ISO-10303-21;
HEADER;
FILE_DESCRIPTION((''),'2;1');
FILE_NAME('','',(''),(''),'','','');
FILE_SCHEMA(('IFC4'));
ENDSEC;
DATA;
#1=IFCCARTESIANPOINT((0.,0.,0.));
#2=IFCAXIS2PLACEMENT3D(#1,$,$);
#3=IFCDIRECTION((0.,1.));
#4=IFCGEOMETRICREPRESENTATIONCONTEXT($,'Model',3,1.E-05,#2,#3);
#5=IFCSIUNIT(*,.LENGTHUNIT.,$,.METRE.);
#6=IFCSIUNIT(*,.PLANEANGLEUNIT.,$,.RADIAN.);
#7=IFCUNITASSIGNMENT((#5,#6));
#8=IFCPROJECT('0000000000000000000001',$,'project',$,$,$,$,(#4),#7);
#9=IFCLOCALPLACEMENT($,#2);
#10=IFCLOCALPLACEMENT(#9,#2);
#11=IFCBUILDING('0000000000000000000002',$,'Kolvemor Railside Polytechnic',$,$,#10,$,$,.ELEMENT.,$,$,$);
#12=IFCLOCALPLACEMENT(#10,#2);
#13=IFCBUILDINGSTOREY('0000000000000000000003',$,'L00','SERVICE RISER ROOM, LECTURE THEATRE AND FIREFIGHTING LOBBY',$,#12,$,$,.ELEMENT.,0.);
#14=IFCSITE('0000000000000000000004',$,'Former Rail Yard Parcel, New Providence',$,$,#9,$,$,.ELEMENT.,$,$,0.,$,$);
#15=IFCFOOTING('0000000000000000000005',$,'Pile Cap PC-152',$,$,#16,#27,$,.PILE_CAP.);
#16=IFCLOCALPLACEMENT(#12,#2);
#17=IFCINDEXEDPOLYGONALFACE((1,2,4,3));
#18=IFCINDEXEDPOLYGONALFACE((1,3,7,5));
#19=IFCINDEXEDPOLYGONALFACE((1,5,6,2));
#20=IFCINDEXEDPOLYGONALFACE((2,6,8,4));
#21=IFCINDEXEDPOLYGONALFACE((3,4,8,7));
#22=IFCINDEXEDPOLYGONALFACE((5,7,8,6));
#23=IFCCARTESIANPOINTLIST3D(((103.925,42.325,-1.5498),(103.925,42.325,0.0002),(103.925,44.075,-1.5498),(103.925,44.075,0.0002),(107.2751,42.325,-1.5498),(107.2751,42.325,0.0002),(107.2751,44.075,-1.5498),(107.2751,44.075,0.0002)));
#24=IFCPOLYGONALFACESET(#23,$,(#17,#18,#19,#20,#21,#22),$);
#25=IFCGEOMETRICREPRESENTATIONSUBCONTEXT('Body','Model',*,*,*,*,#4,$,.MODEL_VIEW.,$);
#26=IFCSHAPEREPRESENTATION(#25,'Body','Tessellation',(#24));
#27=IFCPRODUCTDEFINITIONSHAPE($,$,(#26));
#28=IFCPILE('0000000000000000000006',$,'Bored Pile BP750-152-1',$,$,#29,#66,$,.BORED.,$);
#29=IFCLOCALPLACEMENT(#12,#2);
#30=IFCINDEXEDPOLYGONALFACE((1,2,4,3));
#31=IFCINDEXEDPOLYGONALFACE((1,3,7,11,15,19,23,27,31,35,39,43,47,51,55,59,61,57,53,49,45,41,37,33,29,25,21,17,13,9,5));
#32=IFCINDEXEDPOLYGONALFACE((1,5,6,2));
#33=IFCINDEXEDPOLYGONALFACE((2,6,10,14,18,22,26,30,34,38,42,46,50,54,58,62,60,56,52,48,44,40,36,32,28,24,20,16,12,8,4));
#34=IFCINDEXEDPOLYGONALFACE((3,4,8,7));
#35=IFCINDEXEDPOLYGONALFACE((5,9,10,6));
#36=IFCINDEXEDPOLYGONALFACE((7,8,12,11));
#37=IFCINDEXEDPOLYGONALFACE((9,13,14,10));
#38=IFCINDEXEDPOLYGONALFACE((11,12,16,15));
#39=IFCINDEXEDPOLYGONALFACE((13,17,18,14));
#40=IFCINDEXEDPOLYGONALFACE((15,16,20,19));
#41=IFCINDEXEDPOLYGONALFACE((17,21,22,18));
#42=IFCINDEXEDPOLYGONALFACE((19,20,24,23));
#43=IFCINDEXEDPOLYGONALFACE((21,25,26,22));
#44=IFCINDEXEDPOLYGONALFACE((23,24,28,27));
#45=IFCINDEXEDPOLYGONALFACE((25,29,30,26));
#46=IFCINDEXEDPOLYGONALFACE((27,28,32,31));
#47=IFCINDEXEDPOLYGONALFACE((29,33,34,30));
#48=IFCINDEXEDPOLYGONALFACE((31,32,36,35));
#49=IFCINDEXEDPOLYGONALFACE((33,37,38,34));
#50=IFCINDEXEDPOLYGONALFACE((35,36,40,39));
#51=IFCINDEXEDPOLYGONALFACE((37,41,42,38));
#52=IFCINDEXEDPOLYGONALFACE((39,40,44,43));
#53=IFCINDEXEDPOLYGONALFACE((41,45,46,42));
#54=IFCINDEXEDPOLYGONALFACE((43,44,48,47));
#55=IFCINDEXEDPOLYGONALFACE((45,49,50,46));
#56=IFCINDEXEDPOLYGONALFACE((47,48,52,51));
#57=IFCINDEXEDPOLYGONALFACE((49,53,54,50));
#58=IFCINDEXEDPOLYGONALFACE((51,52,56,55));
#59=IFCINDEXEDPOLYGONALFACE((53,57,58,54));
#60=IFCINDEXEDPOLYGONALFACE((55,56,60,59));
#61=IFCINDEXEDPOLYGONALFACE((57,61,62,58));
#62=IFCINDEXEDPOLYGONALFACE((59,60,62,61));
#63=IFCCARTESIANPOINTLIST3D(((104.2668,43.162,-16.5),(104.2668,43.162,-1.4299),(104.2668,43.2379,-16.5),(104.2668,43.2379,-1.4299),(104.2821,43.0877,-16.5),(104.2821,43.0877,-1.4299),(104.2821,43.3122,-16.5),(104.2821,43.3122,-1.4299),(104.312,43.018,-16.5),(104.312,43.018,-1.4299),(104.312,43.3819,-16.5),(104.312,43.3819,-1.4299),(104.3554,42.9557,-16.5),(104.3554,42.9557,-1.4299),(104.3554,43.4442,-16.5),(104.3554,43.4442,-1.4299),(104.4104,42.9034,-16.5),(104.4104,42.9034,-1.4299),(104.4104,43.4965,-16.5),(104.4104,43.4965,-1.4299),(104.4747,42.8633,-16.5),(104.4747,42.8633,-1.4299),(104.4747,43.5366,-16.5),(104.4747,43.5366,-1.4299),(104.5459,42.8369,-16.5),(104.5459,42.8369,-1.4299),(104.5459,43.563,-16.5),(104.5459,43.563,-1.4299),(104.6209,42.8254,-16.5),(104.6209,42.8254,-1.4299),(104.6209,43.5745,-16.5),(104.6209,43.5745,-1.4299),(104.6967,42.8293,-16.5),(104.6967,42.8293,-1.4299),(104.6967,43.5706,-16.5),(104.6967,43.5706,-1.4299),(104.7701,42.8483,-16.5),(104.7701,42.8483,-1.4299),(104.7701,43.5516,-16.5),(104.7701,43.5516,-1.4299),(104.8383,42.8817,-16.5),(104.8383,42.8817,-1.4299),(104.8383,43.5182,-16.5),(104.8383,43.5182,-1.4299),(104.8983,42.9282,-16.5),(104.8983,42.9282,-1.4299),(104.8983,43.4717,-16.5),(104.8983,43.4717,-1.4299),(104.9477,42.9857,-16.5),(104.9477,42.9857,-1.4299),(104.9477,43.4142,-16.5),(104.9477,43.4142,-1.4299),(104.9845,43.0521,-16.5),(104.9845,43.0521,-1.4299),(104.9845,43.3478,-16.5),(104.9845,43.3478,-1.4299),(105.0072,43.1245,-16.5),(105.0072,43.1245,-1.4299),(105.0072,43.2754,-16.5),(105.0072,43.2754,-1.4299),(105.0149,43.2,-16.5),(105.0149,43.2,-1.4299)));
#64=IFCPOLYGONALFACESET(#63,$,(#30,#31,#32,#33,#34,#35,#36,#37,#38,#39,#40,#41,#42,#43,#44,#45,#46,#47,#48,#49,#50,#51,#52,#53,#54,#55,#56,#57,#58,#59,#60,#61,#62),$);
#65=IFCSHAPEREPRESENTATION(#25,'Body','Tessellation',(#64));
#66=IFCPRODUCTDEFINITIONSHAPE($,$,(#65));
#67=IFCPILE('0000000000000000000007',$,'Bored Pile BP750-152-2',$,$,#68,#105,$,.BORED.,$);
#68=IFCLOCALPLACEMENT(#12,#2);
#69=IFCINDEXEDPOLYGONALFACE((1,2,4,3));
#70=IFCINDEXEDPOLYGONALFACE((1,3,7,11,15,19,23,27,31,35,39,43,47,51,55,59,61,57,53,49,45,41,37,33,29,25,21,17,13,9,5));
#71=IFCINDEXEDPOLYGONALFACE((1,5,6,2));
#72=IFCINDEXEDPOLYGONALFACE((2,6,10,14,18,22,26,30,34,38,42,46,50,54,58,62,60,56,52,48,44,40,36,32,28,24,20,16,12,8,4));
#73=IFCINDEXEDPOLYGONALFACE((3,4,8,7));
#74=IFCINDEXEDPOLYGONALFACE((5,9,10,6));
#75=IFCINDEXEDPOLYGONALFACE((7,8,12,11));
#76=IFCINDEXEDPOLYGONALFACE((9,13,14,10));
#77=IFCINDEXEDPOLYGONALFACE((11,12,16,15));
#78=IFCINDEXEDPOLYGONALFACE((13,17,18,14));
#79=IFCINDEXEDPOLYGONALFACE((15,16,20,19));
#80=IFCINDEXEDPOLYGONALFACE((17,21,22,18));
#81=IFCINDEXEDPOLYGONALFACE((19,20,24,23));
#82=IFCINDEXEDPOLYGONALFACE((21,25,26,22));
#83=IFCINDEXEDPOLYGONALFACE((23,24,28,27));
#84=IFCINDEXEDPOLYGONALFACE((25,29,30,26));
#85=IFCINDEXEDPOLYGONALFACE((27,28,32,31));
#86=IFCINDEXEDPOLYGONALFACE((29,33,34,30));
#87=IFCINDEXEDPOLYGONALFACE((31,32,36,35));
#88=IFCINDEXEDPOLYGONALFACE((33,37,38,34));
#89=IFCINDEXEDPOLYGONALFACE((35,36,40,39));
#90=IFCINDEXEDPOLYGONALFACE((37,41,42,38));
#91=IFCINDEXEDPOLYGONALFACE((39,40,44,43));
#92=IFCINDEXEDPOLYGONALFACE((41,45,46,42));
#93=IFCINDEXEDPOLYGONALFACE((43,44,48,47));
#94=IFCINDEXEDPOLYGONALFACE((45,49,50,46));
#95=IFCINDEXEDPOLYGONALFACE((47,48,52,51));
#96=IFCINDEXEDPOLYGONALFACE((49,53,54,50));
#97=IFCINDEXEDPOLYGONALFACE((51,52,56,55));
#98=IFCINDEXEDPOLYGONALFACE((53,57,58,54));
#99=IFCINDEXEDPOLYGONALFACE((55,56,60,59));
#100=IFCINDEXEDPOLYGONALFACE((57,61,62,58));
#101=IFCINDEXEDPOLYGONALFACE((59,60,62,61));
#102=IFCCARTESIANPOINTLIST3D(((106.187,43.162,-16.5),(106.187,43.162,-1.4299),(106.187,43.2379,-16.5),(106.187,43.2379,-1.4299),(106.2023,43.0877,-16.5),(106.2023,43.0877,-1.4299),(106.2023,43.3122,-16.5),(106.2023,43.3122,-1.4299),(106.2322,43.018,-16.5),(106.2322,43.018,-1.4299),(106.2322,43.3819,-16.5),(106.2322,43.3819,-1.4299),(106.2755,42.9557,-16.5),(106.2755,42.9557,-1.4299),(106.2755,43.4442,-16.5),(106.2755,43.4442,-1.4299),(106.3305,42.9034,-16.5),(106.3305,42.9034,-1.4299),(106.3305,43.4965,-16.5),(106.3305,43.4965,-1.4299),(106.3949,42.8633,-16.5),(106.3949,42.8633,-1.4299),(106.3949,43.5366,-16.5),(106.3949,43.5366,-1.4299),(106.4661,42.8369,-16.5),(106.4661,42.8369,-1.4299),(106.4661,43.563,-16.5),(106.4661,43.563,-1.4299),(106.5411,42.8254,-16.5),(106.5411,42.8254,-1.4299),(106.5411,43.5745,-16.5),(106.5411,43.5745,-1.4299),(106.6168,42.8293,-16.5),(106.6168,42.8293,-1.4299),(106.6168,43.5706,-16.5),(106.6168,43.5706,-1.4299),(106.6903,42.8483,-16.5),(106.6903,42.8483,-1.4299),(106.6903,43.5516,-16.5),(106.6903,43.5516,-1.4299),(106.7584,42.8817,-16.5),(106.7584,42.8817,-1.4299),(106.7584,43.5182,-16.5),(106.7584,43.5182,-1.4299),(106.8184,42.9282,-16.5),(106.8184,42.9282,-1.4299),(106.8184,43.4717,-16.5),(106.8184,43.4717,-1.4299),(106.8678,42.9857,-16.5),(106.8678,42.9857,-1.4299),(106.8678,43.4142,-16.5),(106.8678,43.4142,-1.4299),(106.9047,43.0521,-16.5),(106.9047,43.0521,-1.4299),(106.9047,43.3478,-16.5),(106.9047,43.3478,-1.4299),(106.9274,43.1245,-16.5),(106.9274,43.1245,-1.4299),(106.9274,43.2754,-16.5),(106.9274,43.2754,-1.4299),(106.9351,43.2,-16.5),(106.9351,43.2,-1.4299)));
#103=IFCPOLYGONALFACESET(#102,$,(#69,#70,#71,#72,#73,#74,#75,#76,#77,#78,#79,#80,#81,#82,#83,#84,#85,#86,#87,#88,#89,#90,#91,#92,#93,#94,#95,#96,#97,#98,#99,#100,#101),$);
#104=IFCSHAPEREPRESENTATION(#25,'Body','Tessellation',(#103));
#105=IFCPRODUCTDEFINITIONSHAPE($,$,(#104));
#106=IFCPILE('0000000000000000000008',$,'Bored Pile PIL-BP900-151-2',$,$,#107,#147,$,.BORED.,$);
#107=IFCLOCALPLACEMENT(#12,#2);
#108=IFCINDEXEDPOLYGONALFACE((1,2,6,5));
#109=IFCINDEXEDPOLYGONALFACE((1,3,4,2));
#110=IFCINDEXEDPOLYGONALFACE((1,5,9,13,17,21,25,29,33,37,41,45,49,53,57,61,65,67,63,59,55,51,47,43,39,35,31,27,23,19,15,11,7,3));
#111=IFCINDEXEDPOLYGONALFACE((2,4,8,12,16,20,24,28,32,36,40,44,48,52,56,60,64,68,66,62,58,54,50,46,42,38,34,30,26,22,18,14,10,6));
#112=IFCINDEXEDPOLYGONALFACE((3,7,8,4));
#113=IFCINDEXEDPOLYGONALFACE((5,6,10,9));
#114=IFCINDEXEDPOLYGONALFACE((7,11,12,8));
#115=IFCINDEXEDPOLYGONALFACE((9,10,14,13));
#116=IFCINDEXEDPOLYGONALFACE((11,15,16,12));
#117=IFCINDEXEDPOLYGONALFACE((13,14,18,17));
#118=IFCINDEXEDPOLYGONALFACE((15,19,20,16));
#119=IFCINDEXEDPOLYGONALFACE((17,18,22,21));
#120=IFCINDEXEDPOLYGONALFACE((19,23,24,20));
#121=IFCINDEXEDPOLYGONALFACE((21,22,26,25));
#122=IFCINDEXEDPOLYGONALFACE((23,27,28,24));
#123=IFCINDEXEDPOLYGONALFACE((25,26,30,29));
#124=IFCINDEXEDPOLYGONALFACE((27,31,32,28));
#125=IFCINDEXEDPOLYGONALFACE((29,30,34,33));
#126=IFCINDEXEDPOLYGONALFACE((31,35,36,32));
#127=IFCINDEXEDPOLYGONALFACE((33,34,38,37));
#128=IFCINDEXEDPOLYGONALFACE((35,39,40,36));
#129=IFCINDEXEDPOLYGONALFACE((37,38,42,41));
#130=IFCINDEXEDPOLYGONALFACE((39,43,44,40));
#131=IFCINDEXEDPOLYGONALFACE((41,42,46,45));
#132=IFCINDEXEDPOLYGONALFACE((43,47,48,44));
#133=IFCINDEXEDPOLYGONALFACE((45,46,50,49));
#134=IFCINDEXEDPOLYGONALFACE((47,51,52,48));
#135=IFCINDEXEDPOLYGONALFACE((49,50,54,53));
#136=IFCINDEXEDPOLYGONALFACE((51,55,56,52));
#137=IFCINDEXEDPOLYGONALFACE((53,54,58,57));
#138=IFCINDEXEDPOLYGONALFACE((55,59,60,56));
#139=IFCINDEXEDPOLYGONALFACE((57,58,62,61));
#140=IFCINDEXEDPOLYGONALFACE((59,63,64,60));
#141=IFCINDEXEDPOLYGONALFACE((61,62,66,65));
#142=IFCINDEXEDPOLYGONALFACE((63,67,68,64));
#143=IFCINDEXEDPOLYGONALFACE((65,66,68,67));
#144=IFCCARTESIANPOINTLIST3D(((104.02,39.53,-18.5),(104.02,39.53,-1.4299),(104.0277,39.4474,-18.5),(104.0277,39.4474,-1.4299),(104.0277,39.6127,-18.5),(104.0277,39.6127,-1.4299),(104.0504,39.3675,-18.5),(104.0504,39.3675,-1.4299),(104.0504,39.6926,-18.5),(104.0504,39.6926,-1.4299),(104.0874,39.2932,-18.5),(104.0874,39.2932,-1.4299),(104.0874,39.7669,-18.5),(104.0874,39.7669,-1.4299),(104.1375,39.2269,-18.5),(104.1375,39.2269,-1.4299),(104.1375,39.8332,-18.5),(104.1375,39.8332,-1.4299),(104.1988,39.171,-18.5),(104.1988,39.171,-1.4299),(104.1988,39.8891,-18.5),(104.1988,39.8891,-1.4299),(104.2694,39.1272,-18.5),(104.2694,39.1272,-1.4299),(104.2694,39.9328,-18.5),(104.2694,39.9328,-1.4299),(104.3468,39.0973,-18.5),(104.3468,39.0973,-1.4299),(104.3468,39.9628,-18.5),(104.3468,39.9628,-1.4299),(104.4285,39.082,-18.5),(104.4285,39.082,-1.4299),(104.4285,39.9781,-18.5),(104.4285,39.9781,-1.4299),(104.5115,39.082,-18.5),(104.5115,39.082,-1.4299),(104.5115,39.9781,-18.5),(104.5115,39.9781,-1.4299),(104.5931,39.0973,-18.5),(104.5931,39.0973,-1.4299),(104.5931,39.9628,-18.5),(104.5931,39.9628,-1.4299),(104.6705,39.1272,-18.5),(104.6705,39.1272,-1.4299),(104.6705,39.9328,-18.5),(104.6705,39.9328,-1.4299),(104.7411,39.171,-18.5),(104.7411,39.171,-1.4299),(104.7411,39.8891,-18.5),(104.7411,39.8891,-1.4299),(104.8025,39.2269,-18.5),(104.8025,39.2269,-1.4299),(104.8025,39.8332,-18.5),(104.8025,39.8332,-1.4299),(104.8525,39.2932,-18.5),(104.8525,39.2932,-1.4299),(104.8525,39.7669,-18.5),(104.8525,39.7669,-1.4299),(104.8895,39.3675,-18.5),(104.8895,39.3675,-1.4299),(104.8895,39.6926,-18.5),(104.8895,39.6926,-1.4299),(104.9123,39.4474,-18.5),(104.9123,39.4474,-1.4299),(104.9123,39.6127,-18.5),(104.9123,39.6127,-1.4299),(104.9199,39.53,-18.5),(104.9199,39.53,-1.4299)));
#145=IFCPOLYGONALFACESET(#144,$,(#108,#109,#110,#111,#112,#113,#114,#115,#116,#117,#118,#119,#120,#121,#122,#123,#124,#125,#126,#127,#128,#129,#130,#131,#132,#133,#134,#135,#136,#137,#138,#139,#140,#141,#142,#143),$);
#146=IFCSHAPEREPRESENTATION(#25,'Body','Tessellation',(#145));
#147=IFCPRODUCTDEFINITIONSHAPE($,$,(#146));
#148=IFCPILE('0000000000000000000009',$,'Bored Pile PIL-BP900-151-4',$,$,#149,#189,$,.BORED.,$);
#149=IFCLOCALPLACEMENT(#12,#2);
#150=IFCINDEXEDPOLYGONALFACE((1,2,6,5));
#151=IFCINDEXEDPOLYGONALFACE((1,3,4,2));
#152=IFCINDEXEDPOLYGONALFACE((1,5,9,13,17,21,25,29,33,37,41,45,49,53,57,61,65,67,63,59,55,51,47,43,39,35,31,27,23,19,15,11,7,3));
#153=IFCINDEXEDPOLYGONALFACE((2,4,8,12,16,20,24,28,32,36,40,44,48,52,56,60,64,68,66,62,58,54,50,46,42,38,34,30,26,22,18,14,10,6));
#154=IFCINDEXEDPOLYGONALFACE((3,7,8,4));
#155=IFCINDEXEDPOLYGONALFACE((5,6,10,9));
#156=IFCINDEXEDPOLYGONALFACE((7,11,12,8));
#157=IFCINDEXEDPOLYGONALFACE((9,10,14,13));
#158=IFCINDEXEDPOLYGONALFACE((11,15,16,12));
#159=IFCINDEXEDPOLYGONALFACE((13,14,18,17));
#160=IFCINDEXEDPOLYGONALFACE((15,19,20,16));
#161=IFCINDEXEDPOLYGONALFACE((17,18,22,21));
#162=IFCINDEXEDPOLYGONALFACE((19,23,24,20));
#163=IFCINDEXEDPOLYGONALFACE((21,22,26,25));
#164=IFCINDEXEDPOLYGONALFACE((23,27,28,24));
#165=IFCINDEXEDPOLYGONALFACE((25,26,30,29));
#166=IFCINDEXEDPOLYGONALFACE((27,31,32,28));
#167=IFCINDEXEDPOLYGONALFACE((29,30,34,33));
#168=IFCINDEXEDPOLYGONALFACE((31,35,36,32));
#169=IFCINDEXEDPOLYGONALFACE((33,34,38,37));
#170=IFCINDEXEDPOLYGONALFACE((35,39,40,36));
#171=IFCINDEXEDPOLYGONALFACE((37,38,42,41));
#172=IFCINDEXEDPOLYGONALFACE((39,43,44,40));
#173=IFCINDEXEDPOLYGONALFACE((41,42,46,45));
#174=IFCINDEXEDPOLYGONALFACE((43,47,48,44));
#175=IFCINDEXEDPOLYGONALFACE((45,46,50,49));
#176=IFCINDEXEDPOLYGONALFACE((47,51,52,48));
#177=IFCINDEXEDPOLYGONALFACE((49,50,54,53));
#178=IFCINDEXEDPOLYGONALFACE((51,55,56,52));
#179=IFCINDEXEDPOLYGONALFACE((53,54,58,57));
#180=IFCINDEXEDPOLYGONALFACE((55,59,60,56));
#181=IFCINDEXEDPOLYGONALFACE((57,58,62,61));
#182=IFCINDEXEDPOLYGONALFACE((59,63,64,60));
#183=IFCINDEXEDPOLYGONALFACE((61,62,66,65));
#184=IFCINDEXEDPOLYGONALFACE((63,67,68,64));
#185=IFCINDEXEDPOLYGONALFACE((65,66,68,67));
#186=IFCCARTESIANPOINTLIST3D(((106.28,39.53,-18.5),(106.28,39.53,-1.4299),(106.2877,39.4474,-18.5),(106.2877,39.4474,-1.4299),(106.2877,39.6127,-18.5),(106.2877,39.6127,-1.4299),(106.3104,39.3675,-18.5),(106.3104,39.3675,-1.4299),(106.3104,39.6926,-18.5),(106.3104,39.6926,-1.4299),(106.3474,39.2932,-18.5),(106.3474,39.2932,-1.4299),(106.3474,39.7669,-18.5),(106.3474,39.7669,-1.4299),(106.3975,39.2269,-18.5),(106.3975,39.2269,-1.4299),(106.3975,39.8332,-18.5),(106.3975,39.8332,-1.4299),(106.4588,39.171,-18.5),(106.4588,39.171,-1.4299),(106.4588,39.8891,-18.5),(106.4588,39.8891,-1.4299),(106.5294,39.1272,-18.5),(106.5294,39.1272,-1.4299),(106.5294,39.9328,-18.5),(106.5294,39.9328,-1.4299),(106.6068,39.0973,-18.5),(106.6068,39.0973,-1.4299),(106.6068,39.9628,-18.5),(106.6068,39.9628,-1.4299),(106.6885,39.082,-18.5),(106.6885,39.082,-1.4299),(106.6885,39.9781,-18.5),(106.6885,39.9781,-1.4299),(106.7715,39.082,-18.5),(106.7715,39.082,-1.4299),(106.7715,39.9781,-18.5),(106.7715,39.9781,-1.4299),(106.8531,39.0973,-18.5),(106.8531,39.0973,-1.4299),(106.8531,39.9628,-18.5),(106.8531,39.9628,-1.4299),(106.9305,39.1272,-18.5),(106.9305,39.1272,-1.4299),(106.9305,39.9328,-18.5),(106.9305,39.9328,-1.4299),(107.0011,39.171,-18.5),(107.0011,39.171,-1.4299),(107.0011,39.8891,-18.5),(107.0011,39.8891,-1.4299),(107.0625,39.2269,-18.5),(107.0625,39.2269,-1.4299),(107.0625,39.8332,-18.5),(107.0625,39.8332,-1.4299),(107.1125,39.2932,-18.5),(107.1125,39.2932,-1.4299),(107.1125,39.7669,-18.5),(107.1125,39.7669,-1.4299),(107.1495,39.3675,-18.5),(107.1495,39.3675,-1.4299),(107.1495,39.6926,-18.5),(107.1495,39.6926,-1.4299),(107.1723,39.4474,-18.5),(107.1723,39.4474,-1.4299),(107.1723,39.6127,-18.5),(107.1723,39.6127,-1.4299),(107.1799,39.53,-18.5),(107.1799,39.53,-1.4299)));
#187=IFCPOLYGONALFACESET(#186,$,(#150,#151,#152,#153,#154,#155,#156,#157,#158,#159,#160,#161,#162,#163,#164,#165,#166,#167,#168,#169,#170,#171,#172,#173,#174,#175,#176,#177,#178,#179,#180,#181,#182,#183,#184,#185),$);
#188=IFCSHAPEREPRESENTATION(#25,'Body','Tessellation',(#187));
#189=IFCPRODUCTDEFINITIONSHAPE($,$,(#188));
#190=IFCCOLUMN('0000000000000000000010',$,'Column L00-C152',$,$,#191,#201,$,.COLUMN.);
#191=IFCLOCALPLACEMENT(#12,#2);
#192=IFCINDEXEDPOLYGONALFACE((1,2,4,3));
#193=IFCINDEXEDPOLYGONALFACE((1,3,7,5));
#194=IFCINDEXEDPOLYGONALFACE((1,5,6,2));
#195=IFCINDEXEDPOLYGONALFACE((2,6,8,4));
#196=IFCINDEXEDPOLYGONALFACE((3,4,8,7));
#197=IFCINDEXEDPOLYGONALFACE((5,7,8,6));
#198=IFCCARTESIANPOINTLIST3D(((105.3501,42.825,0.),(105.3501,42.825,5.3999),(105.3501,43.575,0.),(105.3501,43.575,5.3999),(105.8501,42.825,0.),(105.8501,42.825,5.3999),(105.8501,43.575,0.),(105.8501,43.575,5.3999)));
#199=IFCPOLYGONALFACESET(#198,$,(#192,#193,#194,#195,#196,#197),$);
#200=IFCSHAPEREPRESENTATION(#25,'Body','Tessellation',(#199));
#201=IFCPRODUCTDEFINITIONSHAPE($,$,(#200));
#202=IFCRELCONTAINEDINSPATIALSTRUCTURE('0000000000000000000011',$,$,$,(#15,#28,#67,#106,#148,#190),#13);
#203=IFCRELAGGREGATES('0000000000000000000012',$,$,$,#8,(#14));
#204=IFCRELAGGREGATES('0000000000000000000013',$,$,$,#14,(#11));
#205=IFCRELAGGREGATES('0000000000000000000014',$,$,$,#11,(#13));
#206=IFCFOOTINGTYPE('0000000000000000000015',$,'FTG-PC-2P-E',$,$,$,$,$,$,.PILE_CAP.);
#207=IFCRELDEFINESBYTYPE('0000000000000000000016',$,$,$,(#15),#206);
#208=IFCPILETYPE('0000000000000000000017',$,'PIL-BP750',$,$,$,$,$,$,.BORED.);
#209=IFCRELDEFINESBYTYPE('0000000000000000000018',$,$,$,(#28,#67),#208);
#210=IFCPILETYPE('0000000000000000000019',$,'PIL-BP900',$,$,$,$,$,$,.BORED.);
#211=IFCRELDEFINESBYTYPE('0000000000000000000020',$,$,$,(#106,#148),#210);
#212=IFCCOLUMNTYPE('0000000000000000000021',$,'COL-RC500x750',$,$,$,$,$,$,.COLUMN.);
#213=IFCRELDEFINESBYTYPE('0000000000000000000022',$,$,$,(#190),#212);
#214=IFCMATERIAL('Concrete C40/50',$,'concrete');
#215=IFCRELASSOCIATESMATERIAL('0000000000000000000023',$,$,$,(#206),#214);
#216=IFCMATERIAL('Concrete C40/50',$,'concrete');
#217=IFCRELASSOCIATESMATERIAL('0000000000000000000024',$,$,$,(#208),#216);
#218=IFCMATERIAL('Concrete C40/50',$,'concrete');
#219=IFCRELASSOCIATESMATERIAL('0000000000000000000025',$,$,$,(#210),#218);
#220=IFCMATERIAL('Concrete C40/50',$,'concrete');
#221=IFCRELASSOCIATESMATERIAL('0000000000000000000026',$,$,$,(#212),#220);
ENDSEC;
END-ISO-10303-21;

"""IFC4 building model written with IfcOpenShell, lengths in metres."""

from ifc_helpers import new_model, si_unit, direction, frame, origin, origin_2d, place, context, subcontext, project, spatial, rectangle, circle, extrude, material, material_profile, profile_set, type_object, element, save


model = new_model("IFC4")

# Units and contexts
model_context = context("Model", 3, precision=1e-05, world=origin(), true_north=direction((0.0, 1.0)))
body_context = subcontext(model_context, "Body", "Model", "MODEL_VIEW")
ifc_project = project(units=[si_unit("LENGTHUNIT", "METRE"), si_unit("PLANEANGLEUNIT", "RADIAN")], contexts=[model_context])

# Site, building, storey
site_placement = place(None, origin())
site = spatial("IfcSite", under=ifc_project, at=site_placement, Name="Former Rail Yard Parcel, New Providence", CompositionType="ELEMENT", RefElevation=0.0)
building_placement = place(site_placement, origin())
building = spatial("IfcBuilding", under=site, at=building_placement, Name="Kolvemor Railside Polytechnic", CompositionType="ELEMENT")
storey_placement = place(building_placement, origin())
storey = spatial("IfcBuildingStorey", under=building, at=storey_placement, Name="L00", Description="SERVICE RISER ROOM, LECTURE THEATRE AND FIREFIGHTING LOBBY", CompositionType="ELEMENT", Elevation=0.0)

# Footing
ifc_material_1 = material(Name="Concrete C40/50", Category="concrete")
footing_type = type_object("IfcFootingType", Name="FTG-PC-2P-E", PredefinedType="PILE_CAP", material=ifc_material_1)
footing_placement = place(storey_placement, frame((105.6001, 43.2, -1.5498), z_axis=(0.0, 0.0, 1.0), x_axis=(1.0, 0.0, 0.0)))
element("IfcFooting", 1, at=footing_placement, inside=storey, type_object=footing_type, Name="Pile Cap PC-152", PredefinedType="PILE_CAP", context=body_context, shape_type="SweptSolid", body=[
    extrude(rectangle(XDim=3.3501, YDim=1.75, at=origin_2d()), origin(), (0.0, 0.0, 1.0), 1.55),
])

# Piles
ifc_material_2 = material(Name="Concrete C40/50", Category="concrete")
ifc_material_profile_1 = material_profile(ifc_material_2, circle(Radius=0.375, at=origin_2d()), Name="BP750")
ifc_profile_set_1 = profile_set([ifc_material_profile_1], Name="Concrete C40/50")
pile_type_1 = type_object("IfcPileType", Name="PIL-BP750", PredefinedType="BORED", material=ifc_profile_set_1)
for number, where, z_axis, x_axis, name in (
    (2, (104.6399, 43.2, -1.4299), (0.0, 0.0, -1.0), (1.0, 0.0, 0.0), "Bored Pile BP750-152-1"),
    (3, (106.5601, 43.2, -1.4299), (0.0, 0.0, -1.0), (1.0, 0.0, 0.0), "Bored Pile BP750-152-2"),
):
    element("IfcPile", number, at=place(storey_placement, frame(where, z_axis=z_axis, x_axis=x_axis)), inside=storey, type_object=pile_type_1, Name=name, PredefinedType="BORED", context=body_context, shape_type="SweptSolid", body=[
        extrude(circle(Radius=0.375, at=origin_2d()), origin(), (0.0, 0.0, 1.0), 15.0701),
    ])
ifc_material_3 = material(Name="Concrete C40/50", Category="concrete")
ifc_material_profile_2 = material_profile(ifc_material_3, circle(Radius=0.45, at=origin_2d()), Name="BP900")
ifc_profile_set_2 = profile_set([ifc_material_profile_2], Name="Concrete C40/50")
pile_type_2 = type_object("IfcPileType", Name="PIL-BP900", PredefinedType="BORED", material=ifc_profile_set_2)
for number, where, z_axis, x_axis, name in (
    (4, (104.47, 39.53, -1.4299), (0.0, 0.0, -1.0), (1.0, 0.0, 0.0), "Bored Pile PIL-BP900-151-2"),
    (5, (106.73, 39.53, -1.4299), (0.0, 0.0, -1.0), (1.0, 0.0, 0.0), "Bored Pile PIL-BP900-151-4"),
):
    element("IfcPile", number, at=place(storey_placement, frame(where, z_axis=z_axis, x_axis=x_axis)), inside=storey, type_object=pile_type_2, Name=name, PredefinedType="BORED", context=body_context, shape_type="SweptSolid", body=[
        extrude(circle(Radius=0.45, at=origin_2d()), origin(), (0.0, 0.0, 1.0), 17.0701),
    ])

# Column
ifc_material_4 = material(Name="Concrete C40/50", Category="concrete")
ifc_material_profile_3 = material_profile(ifc_material_4, rectangle(XDim=0.5, YDim=0.75, at=origin_2d()), Name="RC500x750")
ifc_profile_set_3 = profile_set([ifc_material_profile_3], Name="Concrete C40/50")
column_type = type_object("IfcColumnType", Name="COL-RC500x750", PredefinedType="COLUMN", material=ifc_profile_set_3)
column_placement = place(storey_placement, frame((105.6001, 43.2, 0.0), z_axis=(0.0, 0.0, 1.0), x_axis=(1.0, 0.0, 0.0)))
element("IfcColumn", 6, at=column_placement, inside=storey, type_object=column_type, Name="Column L00-C152", PredefinedType="COLUMN", context=body_context, shape_type="SweptSolid", body=[
    extrude(rectangle(XDim=0.5, YDim=0.75, at=origin_2d()), origin(), (0.0, 0.0, 1.0), 5.3999),
])

save(model, "model.ifc")
